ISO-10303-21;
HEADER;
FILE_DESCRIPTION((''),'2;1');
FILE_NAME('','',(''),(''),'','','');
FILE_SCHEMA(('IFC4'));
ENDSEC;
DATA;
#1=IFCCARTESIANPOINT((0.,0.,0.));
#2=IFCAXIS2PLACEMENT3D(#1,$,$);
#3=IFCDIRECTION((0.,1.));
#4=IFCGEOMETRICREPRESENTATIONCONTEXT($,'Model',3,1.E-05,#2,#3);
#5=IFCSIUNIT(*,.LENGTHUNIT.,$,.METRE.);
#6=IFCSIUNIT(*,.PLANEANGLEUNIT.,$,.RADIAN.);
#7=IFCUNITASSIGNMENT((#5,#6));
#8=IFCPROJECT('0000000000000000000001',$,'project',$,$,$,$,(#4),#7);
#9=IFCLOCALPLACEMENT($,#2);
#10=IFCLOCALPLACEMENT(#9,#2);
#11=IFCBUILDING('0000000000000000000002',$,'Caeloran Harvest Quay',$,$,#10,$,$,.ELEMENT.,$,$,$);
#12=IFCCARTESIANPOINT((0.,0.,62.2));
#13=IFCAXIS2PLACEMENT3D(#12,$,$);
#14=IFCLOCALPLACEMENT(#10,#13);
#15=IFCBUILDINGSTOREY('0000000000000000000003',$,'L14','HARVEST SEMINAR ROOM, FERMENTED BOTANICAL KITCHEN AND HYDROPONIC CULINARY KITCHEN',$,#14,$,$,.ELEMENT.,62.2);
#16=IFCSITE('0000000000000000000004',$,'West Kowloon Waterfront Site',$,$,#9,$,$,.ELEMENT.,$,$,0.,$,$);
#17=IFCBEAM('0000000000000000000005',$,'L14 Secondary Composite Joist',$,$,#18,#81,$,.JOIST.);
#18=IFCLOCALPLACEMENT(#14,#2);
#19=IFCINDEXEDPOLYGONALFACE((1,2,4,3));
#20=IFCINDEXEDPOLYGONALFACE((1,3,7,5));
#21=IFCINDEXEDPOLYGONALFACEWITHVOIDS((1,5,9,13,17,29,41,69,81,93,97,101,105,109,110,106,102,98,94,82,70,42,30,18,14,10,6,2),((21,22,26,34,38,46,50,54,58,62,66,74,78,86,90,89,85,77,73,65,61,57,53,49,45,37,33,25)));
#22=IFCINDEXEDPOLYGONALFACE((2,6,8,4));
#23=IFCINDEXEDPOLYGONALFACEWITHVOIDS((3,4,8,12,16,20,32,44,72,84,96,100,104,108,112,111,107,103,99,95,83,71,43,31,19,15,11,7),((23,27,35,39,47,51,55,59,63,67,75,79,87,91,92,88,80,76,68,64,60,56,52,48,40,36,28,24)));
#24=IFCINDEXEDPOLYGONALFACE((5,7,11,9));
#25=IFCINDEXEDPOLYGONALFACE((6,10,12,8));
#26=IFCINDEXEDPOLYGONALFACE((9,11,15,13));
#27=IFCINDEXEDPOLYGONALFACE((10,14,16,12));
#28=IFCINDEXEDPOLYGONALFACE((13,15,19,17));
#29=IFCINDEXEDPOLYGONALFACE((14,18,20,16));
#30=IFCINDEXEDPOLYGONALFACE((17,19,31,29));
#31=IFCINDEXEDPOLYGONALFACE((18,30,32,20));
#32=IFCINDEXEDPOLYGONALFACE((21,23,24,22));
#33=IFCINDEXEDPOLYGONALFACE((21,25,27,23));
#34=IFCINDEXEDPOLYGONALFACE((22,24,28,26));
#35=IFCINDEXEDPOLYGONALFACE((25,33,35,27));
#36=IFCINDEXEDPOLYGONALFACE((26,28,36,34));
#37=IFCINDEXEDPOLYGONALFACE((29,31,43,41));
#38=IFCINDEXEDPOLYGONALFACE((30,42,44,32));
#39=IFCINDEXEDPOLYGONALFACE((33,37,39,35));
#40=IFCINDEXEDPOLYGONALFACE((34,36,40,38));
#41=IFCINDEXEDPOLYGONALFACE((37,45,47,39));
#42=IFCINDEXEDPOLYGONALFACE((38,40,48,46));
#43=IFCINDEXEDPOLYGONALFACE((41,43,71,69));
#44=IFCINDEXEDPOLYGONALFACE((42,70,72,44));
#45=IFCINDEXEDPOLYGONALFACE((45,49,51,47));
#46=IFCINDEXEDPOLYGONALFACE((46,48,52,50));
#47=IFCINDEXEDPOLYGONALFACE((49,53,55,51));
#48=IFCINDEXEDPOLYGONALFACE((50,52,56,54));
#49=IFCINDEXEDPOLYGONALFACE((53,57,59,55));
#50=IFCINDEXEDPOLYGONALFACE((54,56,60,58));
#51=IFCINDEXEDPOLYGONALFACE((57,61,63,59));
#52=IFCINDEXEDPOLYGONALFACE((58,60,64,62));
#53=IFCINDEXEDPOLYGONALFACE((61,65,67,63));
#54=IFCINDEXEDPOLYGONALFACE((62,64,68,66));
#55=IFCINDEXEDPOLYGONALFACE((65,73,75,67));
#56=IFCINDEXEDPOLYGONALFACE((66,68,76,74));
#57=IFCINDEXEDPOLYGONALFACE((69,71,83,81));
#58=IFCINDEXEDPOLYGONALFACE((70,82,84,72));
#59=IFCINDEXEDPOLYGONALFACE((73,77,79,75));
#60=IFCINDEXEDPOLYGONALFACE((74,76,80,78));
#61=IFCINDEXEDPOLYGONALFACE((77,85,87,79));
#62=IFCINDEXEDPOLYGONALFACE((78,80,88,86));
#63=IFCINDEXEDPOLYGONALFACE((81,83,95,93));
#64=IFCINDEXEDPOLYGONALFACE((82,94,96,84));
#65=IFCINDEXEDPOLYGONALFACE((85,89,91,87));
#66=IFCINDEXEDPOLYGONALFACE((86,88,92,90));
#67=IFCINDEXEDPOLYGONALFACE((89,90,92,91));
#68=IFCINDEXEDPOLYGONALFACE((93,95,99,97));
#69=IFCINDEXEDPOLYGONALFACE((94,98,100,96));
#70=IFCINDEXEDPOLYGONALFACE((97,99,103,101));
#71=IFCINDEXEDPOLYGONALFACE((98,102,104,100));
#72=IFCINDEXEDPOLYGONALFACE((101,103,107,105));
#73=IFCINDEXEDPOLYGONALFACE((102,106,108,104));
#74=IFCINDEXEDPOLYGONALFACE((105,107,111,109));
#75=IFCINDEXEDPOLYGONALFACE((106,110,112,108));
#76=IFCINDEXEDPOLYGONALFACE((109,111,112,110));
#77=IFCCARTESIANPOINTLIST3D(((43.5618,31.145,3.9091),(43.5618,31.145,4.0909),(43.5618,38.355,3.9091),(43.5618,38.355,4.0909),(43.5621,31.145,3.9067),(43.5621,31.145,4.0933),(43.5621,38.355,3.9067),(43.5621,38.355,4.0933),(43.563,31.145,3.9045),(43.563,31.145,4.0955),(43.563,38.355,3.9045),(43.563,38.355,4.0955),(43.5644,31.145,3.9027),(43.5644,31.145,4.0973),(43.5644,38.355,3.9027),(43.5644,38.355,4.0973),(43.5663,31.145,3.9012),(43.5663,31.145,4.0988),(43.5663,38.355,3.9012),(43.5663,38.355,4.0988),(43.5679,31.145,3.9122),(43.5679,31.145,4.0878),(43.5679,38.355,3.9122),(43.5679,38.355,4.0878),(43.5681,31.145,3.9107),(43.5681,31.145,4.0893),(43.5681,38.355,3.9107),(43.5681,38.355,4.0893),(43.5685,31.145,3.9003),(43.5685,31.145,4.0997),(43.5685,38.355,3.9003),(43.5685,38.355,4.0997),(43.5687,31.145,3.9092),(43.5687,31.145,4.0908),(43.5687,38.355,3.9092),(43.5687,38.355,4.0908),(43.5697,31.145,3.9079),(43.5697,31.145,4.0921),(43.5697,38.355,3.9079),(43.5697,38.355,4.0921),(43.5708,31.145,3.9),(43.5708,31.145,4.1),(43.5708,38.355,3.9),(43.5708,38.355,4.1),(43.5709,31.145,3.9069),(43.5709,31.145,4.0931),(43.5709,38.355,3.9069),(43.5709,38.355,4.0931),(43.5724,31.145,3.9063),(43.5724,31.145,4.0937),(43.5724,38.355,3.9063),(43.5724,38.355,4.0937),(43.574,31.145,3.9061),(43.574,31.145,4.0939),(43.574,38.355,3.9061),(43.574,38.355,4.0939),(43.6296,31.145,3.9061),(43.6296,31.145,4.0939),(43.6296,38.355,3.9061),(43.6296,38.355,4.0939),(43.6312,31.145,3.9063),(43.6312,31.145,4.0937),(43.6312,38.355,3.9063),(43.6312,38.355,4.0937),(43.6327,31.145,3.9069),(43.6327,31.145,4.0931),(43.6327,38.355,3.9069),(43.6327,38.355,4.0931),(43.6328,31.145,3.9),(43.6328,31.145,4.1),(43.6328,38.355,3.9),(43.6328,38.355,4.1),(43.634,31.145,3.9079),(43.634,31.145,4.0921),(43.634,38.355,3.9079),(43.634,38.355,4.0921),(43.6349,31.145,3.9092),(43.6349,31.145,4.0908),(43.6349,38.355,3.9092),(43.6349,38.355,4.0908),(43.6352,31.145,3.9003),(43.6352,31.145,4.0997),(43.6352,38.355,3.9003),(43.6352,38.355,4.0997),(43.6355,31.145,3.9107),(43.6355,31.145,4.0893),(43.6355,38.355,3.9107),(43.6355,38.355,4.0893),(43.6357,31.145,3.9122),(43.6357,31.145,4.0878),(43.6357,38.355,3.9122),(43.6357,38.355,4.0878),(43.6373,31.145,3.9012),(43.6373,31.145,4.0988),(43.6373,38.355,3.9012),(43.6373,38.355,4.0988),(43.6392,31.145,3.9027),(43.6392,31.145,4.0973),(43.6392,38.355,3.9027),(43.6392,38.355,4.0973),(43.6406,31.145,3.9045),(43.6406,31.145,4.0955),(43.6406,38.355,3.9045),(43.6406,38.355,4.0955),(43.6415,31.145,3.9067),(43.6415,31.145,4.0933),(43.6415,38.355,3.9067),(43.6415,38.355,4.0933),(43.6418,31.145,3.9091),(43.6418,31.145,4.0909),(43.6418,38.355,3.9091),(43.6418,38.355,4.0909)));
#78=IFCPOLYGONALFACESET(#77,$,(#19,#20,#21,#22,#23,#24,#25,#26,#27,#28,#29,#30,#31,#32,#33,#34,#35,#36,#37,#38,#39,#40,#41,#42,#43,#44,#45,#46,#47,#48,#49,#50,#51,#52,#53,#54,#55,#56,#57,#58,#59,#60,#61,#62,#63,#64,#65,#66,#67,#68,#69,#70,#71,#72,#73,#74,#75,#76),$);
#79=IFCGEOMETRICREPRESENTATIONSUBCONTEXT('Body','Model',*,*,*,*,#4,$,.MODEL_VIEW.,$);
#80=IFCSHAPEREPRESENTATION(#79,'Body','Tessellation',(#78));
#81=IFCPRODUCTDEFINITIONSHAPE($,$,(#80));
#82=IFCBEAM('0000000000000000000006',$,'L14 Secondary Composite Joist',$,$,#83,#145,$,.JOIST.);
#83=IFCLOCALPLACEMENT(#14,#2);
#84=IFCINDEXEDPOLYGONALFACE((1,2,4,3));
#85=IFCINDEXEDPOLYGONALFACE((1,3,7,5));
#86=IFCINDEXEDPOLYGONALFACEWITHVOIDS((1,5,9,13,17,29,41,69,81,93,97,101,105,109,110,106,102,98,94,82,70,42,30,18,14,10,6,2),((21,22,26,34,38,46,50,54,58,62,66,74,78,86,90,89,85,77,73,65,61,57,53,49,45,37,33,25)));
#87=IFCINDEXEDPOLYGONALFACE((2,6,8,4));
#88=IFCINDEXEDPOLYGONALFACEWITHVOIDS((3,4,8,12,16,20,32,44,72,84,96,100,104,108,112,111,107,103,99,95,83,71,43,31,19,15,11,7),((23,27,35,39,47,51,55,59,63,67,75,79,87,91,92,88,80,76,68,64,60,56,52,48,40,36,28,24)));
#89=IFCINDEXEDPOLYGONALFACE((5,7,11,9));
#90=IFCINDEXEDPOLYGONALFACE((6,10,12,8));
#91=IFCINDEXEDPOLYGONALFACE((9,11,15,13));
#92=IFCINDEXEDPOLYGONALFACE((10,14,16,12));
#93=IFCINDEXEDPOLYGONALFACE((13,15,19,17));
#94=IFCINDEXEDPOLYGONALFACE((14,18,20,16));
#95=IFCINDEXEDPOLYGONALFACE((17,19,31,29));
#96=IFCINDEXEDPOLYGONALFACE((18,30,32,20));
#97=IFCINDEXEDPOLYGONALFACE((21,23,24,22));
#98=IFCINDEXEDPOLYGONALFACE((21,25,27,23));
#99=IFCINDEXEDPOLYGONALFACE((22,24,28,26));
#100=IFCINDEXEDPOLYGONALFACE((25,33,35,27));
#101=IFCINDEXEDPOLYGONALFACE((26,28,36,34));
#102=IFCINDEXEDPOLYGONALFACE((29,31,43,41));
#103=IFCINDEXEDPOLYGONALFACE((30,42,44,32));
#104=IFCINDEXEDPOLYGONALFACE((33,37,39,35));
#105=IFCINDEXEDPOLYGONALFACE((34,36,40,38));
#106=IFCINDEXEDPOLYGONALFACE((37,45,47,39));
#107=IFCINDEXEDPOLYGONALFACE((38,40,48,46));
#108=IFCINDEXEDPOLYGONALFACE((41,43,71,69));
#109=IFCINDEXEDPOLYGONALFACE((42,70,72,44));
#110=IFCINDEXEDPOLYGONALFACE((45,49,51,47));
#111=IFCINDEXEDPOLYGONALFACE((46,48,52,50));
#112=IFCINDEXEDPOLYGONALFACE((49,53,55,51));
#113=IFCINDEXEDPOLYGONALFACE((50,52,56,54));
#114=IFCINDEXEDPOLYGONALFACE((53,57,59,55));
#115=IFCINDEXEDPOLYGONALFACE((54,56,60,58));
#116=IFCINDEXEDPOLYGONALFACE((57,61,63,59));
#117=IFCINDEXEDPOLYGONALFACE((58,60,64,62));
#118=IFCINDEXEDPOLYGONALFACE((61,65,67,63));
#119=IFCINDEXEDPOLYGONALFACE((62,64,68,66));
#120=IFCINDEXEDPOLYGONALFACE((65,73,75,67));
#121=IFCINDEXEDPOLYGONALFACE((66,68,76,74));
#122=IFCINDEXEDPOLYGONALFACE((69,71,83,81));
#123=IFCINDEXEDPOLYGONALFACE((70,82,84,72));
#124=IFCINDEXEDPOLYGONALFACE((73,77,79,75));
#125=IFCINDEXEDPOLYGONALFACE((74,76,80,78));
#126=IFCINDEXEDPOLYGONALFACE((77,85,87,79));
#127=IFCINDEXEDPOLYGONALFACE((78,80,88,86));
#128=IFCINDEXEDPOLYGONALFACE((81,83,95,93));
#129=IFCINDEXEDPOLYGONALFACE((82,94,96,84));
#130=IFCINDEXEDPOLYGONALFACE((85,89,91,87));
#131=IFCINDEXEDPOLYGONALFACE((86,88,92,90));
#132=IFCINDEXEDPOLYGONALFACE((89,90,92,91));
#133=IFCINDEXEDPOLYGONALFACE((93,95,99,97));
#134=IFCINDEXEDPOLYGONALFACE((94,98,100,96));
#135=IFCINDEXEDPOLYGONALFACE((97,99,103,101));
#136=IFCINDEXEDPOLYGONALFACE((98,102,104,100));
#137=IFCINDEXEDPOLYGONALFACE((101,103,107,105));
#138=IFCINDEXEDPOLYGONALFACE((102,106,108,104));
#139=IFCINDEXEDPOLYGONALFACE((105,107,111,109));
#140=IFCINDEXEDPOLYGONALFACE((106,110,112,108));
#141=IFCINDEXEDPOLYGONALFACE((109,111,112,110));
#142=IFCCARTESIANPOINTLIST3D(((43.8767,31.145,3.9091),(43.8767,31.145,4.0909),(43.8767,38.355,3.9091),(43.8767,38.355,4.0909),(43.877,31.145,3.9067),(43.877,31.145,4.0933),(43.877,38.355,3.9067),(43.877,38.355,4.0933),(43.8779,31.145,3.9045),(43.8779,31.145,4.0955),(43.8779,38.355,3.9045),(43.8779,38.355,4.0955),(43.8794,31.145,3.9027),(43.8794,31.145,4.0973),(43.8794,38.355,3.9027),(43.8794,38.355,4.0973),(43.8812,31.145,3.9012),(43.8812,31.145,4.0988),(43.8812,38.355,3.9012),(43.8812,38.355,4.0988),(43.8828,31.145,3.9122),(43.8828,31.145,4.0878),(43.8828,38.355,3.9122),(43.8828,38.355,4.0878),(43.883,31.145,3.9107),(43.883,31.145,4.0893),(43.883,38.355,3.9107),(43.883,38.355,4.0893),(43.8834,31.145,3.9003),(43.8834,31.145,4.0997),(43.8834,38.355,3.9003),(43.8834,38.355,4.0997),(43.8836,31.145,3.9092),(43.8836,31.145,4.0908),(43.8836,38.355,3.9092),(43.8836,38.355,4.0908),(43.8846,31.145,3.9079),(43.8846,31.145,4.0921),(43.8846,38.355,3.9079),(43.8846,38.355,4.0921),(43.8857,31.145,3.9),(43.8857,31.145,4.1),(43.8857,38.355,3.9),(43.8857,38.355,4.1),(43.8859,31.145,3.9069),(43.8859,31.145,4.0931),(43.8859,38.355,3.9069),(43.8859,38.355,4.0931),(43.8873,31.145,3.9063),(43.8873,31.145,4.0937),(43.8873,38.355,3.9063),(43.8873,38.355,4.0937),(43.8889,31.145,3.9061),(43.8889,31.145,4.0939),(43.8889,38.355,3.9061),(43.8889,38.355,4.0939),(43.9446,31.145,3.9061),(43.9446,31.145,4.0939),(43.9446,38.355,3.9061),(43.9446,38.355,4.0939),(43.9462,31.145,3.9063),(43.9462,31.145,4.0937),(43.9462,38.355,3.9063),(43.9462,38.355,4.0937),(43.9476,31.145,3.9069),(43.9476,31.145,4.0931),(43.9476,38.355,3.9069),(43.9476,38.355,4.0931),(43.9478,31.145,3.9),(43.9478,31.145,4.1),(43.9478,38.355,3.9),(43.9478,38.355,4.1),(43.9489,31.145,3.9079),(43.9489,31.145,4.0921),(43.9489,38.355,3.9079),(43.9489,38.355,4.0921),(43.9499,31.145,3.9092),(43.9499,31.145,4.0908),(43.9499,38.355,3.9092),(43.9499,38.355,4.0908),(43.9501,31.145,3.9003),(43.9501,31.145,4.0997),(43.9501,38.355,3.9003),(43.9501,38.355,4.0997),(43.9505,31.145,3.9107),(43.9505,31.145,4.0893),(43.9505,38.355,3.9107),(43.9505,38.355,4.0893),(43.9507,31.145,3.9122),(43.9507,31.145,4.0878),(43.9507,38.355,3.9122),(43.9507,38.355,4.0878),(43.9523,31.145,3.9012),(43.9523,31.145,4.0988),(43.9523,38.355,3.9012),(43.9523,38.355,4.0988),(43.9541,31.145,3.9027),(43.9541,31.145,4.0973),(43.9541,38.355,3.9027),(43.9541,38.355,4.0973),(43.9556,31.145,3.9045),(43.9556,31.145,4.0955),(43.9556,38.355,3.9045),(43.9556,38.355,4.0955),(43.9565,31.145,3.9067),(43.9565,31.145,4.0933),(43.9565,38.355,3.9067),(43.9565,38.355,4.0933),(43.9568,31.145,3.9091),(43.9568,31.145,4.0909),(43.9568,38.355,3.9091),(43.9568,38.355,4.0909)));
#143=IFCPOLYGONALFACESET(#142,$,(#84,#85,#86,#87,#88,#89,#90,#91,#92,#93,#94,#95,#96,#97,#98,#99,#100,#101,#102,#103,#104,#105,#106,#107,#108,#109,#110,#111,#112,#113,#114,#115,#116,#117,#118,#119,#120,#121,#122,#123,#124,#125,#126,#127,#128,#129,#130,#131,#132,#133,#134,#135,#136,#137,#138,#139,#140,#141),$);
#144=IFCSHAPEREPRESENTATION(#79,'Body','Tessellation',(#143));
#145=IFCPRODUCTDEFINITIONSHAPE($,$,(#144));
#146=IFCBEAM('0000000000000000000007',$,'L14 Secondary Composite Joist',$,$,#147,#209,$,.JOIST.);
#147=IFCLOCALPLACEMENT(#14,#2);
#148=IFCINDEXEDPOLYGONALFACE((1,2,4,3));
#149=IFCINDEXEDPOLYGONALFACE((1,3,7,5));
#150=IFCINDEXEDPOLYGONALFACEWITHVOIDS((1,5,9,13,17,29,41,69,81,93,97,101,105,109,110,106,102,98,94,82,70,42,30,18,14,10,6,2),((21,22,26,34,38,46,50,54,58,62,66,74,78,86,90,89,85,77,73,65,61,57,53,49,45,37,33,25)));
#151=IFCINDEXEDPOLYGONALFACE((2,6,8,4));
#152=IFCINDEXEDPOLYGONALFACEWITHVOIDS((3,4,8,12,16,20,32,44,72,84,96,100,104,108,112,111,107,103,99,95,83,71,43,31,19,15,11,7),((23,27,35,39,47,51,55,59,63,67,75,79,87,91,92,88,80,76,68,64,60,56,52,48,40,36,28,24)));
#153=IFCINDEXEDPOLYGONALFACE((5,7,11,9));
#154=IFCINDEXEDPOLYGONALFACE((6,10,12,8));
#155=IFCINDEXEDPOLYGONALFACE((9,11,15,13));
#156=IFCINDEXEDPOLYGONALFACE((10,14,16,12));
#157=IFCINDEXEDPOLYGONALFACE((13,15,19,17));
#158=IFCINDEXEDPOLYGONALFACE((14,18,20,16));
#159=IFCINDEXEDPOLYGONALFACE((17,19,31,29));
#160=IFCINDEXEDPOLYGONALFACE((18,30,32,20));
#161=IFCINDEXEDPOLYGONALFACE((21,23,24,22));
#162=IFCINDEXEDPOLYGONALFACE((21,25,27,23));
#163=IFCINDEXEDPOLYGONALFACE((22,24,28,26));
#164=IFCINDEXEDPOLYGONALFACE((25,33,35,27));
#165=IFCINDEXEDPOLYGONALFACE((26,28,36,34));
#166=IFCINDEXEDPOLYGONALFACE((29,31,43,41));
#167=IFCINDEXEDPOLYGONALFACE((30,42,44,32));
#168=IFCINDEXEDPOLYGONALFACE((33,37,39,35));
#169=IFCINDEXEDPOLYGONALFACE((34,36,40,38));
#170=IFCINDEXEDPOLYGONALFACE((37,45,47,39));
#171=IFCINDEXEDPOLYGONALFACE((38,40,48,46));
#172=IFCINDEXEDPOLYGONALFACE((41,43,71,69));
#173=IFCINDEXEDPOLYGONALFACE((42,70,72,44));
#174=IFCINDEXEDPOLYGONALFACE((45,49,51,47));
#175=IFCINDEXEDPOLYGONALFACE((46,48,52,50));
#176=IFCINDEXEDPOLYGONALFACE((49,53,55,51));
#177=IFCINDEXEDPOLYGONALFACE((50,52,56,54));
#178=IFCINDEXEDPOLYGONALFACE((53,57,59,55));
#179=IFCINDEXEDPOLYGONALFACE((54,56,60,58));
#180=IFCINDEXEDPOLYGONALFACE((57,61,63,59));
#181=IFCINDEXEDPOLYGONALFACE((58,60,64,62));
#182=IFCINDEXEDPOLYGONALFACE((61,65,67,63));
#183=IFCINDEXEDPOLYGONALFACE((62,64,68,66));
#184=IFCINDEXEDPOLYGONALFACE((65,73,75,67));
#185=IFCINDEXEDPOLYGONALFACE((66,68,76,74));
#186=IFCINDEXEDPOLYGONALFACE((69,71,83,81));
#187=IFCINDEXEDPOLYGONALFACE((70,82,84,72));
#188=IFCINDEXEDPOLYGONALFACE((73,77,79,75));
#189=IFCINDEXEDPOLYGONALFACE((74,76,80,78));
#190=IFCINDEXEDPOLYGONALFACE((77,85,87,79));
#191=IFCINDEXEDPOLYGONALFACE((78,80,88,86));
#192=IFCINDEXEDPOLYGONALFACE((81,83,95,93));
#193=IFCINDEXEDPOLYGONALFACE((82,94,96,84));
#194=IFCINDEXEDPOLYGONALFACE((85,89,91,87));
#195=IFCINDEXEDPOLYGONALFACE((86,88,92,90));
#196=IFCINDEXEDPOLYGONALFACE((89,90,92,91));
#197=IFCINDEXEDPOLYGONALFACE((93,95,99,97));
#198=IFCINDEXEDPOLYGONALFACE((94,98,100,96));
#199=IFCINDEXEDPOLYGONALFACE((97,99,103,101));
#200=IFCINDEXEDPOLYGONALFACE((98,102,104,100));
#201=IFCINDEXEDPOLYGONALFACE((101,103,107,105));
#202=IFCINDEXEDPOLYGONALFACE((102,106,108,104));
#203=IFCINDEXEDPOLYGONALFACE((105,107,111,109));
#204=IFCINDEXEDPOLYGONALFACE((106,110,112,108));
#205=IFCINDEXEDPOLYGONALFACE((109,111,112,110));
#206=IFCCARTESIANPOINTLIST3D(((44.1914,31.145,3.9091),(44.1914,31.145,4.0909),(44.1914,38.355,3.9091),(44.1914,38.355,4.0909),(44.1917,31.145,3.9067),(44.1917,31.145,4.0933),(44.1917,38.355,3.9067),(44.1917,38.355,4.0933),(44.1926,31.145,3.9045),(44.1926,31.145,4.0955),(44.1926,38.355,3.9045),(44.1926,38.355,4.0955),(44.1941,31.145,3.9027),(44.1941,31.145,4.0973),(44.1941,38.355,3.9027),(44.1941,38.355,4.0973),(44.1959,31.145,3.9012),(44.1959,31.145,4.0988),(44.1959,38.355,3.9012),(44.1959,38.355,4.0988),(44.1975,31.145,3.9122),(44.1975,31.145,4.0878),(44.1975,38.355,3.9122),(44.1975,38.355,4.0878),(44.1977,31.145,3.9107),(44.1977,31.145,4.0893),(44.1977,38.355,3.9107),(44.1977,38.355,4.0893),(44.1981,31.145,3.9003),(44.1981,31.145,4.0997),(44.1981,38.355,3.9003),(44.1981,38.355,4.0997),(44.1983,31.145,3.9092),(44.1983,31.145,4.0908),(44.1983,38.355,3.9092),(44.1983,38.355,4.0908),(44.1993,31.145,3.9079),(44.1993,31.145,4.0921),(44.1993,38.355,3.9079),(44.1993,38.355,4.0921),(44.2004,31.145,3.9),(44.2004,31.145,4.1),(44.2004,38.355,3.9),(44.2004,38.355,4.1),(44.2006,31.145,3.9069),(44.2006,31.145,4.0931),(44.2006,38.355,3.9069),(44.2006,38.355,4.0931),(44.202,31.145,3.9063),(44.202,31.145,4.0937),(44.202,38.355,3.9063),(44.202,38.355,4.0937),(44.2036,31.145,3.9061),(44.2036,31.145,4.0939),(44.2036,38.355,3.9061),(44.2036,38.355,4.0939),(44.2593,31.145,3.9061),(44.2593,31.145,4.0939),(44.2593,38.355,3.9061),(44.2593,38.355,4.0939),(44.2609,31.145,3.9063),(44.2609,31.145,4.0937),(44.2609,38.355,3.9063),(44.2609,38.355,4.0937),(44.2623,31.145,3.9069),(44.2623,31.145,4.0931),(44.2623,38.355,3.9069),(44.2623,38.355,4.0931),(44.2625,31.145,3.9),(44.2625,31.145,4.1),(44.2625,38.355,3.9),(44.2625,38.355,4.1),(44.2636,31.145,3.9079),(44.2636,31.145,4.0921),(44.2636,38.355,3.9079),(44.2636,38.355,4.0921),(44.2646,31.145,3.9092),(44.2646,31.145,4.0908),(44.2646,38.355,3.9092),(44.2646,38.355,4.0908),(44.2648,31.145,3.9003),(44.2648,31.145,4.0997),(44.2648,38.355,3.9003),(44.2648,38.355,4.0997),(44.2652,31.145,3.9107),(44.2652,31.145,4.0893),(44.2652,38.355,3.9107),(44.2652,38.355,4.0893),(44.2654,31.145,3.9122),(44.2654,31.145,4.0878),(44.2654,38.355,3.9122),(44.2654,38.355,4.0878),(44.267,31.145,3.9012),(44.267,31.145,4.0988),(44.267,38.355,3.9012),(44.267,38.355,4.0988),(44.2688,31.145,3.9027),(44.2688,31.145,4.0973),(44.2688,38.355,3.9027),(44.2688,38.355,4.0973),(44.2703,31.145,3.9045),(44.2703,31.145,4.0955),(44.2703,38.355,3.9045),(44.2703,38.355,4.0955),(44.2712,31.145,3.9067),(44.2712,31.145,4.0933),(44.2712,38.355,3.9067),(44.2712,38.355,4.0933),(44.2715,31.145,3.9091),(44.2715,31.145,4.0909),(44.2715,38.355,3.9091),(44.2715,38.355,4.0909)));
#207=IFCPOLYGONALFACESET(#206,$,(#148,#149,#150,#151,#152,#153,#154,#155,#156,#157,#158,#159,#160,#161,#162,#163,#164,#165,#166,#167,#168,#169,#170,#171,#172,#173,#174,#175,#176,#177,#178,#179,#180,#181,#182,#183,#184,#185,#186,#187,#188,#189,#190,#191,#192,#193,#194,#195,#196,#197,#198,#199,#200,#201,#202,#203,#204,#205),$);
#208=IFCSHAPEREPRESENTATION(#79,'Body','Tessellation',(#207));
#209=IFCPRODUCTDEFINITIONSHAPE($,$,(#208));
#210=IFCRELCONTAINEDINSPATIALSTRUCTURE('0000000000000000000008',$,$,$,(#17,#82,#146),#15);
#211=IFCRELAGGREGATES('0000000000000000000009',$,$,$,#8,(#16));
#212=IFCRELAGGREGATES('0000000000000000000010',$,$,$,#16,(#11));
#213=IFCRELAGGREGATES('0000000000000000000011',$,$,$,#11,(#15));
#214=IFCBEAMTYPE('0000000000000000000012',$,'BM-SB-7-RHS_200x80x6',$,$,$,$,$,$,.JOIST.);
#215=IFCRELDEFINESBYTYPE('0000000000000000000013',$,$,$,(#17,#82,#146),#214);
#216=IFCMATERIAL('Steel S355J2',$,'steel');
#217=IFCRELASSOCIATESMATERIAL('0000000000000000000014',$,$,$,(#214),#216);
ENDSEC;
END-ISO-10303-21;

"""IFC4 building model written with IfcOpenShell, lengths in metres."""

from ifc_helpers import new_model, si_unit, direction, frame, origin, origin_2d, place, context, subcontext, project, spatial, hollow_rectangle, extrude, material, material_profile, profile_set, type_object, element, save


model = new_model("IFC4")

# Units and contexts
model_context = context("Model", 3, precision=1e-05, world=origin(), true_north=direction((0.0, 1.0)))
body_context = subcontext(model_context, "Body", "Model", "MODEL_VIEW")
ifc_project = project(units=[si_unit("LENGTHUNIT", "METRE"), si_unit("PLANEANGLEUNIT", "RADIAN")], contexts=[model_context])

# Site, building, storey
site_placement = place(None, origin())
site = spatial("IfcSite", under=ifc_project, at=site_placement, Name="West Kowloon Waterfront Site", CompositionType="ELEMENT", RefElevation=0.0)
building_placement = place(site_placement, origin())
building = spatial("IfcBuilding", under=site, at=building_placement, Name="Caeloran Harvest Quay", CompositionType="ELEMENT")
storey_placement = place(building_placement, frame((0.0, 0.0, 62.2)))
storey = spatial("IfcBuildingStorey", under=building, at=storey_placement, Name="L14", Description="HARVEST SEMINAR ROOM, FERMENTED BOTANICAL KITCHEN AND HYDROPONIC CULINARY KITCHEN", CompositionType="ELEMENT", Elevation=62.2)

# Beams
ifc_material_1 = material(Name="Steel S355J2", Category="steel")
ifc_material_profile_1 = material_profile(ifc_material_1, hollow_rectangle(XDim=0.0801, YDim=0.2, WallThickness=0.0061, InnerFilletRadius=0.0061, OuterFilletRadius=0.009, at=origin_2d()), Name="RHS 200x80x6")
ifc_profile_set_1 = profile_set([ifc_material_profile_1], Name="Steel S355J2")
beam_type_1 = type_object("IfcBeamType", Name="BM-SB-7-RHS_200x80x6", PredefinedType="JOIST", material=ifc_profile_set_1)
for number, where, z_axis, x_axis, name in (
    (1, (43.6018, 31.145, 4.0), (0.0, 1.0, 0.0), (-1.0, 0.0, 0.0), "L14 Secondary Composite Joist"),
    (2, (43.9167, 31.145, 4.0), (0.0, 1.0, 0.0), (-1.0, 0.0, 0.0), "L14 Secondary Composite Joist"),
    (3, (44.2314, 31.145, 4.0), (0.0, 1.0, 0.0), (-1.0, 0.0, 0.0), "L14 Secondary Composite Joist"),
):
    element("IfcBeam", number, at=place(storey_placement, frame(where, z_axis=z_axis, x_axis=x_axis)), inside=storey, type_object=beam_type_1, Name=name, PredefinedType="JOIST", context=body_context, shape_type="SweptSolid", body=[
        extrude(hollow_rectangle(XDim=0.0801, YDim=0.2, WallThickness=0.0061, InnerFilletRadius=0.0061, OuterFilletRadius=0.009, at=origin_2d()), origin(), (0.0, 0.0, 1.0), 7.21),
    ])

save(model, "model.ifc")
